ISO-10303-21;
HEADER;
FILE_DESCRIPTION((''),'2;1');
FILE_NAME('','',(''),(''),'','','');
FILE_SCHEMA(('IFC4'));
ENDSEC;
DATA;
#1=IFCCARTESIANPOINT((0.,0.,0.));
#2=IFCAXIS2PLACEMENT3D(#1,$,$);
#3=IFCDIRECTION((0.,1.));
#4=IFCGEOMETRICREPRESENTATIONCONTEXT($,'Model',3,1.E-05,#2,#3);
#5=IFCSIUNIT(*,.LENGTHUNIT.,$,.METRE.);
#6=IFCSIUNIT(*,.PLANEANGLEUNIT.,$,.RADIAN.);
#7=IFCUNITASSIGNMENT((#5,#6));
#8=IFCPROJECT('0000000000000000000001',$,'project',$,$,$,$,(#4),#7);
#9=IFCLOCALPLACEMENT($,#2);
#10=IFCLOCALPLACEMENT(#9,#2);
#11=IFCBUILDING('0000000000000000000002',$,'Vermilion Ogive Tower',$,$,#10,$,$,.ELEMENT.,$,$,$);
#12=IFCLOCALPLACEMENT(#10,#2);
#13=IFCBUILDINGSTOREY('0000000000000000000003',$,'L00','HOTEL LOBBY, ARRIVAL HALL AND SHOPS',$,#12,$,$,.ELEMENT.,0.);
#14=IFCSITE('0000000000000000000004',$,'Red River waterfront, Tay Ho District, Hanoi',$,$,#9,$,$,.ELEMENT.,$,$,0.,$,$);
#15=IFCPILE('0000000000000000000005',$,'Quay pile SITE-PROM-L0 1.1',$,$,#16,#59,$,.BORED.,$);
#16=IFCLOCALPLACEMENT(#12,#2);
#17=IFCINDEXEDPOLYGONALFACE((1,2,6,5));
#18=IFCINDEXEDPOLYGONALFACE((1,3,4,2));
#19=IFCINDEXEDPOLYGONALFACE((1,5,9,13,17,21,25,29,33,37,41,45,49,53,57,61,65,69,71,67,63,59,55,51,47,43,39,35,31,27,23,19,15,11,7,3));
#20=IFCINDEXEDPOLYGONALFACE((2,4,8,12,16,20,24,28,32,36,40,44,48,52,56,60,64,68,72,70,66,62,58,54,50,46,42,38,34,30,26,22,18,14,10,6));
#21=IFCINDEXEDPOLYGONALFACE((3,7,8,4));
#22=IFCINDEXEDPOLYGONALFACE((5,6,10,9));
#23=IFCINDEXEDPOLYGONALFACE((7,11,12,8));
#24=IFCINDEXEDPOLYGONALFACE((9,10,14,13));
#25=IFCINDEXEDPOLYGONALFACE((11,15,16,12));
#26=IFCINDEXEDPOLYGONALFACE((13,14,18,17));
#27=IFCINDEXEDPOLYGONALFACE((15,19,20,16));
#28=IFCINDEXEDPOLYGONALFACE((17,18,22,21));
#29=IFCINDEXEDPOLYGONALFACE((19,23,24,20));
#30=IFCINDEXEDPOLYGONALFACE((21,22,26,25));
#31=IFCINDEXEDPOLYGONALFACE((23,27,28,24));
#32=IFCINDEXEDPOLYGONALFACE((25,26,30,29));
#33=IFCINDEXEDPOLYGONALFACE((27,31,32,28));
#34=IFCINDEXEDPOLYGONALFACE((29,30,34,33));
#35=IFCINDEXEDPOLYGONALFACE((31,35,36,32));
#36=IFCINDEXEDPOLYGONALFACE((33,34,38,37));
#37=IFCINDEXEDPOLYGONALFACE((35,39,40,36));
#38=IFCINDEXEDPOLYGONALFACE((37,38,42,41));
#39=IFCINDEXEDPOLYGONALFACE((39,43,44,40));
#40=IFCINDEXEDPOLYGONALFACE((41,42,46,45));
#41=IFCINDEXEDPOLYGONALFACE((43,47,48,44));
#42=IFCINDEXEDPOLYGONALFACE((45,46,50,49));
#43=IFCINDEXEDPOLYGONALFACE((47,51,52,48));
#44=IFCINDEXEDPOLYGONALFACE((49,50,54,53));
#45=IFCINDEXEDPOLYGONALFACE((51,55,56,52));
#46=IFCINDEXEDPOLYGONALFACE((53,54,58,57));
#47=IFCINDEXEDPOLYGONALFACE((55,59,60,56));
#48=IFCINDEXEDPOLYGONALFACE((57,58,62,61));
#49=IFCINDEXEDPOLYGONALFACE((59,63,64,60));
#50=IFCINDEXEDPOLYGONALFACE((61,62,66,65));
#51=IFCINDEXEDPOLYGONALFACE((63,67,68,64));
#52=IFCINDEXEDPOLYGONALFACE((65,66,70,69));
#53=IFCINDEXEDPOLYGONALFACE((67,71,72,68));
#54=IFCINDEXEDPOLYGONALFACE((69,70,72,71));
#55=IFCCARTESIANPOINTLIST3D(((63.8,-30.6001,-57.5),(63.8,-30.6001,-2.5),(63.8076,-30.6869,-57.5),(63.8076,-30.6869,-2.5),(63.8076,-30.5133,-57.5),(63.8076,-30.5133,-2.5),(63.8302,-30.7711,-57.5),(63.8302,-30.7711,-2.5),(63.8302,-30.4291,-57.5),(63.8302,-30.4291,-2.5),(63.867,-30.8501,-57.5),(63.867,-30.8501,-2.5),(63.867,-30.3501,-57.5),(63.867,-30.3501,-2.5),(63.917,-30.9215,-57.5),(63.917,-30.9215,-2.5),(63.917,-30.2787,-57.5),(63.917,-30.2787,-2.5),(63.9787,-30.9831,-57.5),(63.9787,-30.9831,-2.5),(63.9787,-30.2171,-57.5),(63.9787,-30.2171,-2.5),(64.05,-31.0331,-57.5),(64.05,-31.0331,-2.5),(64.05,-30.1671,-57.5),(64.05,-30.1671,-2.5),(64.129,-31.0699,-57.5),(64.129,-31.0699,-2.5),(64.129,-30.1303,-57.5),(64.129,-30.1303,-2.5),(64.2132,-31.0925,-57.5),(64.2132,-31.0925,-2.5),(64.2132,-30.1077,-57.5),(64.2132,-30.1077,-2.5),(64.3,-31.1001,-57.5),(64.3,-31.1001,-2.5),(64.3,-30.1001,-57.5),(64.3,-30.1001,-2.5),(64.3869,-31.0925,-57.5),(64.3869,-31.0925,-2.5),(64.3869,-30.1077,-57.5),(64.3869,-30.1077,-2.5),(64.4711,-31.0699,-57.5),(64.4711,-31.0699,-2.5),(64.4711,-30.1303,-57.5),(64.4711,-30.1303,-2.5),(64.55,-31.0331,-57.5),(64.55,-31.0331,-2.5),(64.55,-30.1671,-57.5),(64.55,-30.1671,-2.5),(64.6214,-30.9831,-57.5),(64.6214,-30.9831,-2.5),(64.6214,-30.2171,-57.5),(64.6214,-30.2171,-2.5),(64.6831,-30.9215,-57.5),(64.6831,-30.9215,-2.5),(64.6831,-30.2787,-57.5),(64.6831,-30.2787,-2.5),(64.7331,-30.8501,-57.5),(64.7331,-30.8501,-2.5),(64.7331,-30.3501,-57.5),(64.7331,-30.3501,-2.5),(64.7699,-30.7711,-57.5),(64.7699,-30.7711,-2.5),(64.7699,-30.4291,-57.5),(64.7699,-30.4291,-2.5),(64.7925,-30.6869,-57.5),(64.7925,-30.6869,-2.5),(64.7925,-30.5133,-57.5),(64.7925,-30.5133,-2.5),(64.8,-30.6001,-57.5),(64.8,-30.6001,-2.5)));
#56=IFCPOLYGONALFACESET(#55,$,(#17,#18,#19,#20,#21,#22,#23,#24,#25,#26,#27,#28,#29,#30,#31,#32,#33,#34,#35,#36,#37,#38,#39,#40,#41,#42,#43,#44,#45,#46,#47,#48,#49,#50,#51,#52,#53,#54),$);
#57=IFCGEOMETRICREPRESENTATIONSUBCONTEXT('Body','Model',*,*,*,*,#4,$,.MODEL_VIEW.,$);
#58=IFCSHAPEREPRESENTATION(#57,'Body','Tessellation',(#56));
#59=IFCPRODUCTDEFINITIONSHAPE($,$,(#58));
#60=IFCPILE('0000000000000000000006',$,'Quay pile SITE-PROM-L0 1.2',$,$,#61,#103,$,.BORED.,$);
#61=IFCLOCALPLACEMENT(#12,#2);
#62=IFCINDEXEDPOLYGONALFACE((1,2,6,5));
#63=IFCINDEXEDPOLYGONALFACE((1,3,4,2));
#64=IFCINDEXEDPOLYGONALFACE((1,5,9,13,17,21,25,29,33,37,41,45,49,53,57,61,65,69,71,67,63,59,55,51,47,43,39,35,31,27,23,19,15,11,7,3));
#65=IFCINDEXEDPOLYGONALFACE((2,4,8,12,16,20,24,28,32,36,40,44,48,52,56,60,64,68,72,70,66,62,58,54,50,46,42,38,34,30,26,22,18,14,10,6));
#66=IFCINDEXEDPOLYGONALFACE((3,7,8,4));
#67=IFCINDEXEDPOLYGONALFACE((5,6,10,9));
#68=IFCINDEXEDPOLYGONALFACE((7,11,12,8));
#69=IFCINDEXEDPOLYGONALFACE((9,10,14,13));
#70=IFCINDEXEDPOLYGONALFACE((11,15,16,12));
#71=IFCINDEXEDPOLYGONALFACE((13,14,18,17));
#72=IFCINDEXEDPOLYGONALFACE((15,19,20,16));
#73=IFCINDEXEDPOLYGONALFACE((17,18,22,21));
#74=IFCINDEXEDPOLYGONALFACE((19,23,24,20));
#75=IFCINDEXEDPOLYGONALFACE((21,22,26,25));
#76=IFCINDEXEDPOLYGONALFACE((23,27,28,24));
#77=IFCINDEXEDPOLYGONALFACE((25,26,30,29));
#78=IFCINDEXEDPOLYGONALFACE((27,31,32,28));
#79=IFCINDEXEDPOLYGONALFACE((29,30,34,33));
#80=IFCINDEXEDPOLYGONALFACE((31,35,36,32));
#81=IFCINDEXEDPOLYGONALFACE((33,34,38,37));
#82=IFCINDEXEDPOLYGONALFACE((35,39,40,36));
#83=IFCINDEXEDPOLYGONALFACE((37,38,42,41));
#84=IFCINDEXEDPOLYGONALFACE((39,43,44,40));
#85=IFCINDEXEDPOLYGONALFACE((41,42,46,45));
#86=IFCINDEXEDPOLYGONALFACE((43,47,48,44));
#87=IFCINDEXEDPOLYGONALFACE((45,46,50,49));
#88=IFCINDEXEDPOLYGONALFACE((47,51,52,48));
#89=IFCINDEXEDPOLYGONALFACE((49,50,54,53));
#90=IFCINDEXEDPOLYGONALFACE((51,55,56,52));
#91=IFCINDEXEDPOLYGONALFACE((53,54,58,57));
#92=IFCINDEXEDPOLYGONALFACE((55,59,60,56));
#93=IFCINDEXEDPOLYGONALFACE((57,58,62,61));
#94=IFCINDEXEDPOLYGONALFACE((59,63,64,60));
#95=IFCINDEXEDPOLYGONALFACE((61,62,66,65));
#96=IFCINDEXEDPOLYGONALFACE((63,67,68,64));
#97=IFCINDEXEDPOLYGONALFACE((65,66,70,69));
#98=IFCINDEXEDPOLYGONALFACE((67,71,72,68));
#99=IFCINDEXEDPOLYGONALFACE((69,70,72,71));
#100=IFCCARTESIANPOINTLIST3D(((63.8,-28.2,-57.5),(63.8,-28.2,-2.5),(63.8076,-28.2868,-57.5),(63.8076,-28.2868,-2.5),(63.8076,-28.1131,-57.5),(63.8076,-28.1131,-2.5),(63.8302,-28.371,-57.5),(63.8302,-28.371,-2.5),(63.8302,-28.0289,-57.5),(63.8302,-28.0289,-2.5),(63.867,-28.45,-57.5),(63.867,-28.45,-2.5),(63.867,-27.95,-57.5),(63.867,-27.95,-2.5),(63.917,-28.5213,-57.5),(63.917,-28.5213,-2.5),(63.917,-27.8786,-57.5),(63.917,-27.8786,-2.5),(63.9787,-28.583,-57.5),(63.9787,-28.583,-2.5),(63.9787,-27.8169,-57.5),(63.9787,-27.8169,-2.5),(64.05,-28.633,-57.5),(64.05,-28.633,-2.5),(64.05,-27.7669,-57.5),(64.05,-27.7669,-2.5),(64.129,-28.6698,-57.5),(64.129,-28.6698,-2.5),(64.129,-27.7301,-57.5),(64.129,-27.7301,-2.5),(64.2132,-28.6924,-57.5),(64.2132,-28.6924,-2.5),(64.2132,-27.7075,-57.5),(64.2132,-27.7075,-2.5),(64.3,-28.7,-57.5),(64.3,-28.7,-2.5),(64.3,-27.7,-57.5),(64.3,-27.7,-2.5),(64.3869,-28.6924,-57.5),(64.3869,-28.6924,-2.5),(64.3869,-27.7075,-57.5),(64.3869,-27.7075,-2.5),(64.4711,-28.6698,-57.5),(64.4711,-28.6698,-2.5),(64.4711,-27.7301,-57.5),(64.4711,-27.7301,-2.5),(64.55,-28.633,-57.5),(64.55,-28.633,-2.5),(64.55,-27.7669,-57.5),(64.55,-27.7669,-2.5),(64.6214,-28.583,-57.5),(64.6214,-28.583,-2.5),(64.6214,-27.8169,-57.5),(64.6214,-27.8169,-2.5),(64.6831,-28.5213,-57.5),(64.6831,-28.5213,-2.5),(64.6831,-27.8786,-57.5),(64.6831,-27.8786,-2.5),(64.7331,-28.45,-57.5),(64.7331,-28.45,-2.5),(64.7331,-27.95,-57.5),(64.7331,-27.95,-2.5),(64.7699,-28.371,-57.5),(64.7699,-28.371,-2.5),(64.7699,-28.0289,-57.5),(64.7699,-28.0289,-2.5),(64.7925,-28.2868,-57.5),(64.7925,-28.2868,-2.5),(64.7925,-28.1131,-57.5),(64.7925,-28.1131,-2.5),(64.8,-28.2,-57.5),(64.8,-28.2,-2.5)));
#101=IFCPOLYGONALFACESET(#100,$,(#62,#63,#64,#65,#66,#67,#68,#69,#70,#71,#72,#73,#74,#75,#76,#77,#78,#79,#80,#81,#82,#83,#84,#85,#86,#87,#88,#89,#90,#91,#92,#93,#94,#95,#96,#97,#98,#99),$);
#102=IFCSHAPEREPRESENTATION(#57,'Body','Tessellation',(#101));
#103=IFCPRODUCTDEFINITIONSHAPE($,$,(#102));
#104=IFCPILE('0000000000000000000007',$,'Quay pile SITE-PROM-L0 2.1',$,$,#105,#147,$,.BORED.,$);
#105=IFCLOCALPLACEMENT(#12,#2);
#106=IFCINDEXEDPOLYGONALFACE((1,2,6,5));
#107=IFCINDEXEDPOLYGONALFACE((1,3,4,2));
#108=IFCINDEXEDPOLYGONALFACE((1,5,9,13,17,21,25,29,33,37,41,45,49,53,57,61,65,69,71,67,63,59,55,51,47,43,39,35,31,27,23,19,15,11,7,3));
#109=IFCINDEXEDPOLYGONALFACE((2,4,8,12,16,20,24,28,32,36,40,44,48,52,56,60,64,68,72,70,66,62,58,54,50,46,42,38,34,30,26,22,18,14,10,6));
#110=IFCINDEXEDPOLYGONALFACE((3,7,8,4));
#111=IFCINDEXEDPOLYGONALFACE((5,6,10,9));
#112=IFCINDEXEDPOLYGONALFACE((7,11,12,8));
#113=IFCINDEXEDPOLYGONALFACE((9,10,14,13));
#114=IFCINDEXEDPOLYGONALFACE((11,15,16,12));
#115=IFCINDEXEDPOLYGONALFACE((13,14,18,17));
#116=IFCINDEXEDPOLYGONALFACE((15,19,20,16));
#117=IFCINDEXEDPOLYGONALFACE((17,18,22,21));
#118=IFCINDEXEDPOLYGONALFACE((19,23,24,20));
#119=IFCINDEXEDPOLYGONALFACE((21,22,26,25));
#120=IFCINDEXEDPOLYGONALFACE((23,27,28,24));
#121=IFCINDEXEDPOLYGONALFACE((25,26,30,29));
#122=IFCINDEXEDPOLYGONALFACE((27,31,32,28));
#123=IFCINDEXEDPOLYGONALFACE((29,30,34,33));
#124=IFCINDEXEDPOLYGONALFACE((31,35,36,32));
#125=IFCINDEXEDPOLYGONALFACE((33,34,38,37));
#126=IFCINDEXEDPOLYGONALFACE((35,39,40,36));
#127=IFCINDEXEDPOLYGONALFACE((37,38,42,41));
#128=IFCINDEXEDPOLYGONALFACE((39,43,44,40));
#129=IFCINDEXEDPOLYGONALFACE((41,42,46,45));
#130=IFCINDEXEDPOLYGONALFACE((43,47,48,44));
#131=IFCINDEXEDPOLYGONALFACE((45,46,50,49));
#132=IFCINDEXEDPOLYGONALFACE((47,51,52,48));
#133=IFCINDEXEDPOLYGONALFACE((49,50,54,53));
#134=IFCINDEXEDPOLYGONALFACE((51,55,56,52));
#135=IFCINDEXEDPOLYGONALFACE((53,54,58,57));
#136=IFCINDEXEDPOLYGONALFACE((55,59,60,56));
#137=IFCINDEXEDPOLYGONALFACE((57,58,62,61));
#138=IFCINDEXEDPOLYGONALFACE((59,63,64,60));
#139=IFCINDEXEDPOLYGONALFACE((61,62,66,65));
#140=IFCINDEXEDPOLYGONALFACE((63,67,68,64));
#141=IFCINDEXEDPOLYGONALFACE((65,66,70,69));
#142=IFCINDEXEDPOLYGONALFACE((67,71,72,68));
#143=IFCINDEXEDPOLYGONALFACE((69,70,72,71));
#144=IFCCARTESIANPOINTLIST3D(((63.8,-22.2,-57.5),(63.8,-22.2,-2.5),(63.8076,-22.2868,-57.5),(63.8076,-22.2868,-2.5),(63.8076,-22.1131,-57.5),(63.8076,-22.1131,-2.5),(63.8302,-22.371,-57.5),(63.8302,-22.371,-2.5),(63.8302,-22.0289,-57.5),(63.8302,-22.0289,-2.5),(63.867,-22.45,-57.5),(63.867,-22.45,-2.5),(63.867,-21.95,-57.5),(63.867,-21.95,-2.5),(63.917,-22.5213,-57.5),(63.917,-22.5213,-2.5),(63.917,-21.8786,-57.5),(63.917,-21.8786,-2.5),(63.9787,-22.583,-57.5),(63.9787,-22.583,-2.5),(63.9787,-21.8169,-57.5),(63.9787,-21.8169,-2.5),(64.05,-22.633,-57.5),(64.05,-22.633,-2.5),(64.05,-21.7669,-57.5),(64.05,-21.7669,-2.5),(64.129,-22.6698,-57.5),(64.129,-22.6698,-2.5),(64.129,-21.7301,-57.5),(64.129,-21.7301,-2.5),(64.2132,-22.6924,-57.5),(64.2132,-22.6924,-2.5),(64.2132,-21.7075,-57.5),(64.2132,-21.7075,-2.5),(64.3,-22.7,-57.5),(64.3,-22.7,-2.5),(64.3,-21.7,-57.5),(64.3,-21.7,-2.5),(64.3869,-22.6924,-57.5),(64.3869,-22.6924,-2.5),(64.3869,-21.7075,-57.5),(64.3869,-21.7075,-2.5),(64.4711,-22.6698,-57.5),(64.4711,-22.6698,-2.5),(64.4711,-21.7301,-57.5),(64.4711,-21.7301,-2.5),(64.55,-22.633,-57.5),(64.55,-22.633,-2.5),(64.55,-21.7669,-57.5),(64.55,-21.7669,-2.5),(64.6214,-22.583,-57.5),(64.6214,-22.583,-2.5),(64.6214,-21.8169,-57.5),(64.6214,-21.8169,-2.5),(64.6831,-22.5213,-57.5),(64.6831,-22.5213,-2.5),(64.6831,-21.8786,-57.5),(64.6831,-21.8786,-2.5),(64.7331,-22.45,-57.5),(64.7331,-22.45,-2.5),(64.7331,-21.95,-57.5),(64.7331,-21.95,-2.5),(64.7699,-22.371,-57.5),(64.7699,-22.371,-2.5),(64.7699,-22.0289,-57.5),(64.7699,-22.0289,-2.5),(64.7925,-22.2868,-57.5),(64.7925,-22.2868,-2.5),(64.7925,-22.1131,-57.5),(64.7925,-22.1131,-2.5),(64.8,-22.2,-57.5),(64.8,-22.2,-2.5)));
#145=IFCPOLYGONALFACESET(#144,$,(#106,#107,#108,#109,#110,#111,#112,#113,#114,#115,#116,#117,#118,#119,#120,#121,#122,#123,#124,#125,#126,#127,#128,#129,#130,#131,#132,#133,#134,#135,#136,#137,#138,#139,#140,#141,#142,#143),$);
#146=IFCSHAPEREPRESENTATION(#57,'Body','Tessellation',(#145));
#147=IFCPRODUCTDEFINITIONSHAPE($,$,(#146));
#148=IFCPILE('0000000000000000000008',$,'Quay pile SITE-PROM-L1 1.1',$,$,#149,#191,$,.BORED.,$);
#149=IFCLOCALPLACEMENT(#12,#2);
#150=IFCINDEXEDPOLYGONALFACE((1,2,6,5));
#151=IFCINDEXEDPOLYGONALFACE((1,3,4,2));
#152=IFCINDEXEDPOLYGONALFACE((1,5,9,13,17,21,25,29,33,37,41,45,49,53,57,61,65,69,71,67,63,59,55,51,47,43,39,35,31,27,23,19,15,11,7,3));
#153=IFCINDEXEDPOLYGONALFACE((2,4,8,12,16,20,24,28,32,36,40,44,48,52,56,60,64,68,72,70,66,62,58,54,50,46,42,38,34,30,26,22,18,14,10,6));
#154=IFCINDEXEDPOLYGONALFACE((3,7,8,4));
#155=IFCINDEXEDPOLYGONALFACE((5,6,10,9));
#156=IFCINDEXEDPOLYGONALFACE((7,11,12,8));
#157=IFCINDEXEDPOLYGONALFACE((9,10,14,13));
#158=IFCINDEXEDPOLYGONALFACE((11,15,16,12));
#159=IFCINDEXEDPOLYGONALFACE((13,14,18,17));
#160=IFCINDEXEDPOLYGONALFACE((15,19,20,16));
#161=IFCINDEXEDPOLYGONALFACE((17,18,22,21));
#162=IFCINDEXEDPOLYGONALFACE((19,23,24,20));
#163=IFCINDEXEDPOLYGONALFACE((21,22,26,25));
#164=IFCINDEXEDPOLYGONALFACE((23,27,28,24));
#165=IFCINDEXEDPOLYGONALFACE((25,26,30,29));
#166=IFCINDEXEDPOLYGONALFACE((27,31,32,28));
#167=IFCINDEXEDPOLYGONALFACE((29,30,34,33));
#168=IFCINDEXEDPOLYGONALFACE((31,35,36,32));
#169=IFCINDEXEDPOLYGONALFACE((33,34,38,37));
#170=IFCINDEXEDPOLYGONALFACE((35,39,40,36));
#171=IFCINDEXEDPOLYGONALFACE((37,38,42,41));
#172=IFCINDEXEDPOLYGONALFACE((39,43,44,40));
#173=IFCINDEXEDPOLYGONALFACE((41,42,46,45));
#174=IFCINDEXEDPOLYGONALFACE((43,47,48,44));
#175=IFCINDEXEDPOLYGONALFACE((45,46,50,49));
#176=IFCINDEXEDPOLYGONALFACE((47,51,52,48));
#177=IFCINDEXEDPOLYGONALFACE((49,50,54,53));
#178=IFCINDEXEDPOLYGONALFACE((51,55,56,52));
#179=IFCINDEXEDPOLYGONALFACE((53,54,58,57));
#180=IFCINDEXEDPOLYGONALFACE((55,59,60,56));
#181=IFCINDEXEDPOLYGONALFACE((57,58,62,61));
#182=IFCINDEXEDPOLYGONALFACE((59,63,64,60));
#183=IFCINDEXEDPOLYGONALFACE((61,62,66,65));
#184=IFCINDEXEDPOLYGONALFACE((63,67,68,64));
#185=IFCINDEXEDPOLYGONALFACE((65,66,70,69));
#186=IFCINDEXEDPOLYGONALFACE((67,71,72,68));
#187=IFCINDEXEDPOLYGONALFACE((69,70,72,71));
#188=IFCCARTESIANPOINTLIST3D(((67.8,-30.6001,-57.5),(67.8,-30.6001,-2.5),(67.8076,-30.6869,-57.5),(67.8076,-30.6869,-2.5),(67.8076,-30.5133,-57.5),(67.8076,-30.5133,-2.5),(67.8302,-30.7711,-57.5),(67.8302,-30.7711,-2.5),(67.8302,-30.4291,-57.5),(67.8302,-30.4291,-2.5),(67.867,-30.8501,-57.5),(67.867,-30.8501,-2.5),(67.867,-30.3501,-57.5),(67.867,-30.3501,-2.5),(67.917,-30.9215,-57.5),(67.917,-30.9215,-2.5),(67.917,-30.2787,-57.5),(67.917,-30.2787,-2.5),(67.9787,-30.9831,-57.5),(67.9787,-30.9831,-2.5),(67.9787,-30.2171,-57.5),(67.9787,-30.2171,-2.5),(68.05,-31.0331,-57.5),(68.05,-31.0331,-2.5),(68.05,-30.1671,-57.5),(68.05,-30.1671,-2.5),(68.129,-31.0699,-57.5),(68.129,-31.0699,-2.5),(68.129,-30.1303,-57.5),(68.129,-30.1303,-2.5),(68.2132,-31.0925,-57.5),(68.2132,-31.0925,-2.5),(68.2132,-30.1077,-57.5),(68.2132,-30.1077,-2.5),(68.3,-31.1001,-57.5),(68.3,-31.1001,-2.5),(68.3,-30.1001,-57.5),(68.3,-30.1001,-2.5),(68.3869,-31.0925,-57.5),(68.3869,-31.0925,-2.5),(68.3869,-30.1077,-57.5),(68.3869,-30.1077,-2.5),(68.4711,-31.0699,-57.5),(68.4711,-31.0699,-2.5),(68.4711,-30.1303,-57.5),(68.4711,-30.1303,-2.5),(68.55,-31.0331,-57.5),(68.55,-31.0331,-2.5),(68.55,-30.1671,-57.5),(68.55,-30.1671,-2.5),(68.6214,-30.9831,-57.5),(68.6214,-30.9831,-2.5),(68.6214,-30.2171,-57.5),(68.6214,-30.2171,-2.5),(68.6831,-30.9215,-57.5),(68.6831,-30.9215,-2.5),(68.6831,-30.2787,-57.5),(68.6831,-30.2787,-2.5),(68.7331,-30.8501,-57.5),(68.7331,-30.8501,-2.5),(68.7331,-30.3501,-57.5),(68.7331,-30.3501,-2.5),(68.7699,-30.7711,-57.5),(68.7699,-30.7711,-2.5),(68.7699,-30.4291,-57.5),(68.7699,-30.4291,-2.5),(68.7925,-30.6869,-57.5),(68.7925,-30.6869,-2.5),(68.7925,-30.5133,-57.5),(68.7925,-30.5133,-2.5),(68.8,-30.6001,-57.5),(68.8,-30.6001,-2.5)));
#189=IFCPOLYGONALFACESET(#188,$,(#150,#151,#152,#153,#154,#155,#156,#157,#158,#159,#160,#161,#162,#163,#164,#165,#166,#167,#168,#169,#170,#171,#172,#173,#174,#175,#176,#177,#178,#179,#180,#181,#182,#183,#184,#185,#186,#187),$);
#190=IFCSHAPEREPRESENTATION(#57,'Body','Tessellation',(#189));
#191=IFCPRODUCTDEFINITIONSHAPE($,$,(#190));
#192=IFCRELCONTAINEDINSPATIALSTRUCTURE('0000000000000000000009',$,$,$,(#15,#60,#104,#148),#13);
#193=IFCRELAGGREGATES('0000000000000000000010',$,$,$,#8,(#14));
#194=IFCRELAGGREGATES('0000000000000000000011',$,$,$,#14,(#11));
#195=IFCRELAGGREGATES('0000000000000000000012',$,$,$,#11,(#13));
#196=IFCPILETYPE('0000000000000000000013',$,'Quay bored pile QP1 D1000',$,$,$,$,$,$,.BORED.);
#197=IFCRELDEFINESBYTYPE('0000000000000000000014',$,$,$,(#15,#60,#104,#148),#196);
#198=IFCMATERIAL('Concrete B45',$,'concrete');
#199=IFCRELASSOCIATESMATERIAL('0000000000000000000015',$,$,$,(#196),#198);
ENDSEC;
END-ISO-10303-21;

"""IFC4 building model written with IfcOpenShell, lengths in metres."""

from ifc_helpers import new_model, si_unit, direction, frame, origin, origin_2d, place, context, subcontext, project, spatial, circle, extrude, material, type_object, element, save


model = new_model("IFC4")

# Units and contexts
model_context = context("Model", 3, precision=1e-05, world=origin(), true_north=direction((0.0, 1.0)))
body_context = subcontext(model_context, "Body", "Model", "MODEL_VIEW")
ifc_project = project(units=[si_unit("LENGTHUNIT", "METRE"), si_unit("PLANEANGLEUNIT", "RADIAN")], contexts=[model_context])

# Site, building, storey
site_placement = place(None, origin())
site = spatial("IfcSite", under=ifc_project, at=site_placement, Name="Red River waterfront, Tay Ho District, Hanoi", CompositionType="ELEMENT", RefElevation=0.0)
building_placement = place(site_placement, origin())
building = spatial("IfcBuilding", under=site, at=building_placement, Name="Vermilion Ogive Tower", CompositionType="ELEMENT")
storey_placement = place(building_placement, origin())
storey = spatial("IfcBuildingStorey", under=building, at=storey_placement, Name="L00", Description="HOTEL LOBBY, ARRIVAL HALL AND SHOPS", CompositionType="ELEMENT", Elevation=0.0)

# Piles
ifc_material_1 = material(Name="Concrete B45", Category="concrete")
pile_type = type_object("IfcPileType", Name="Quay bored pile QP1 D1000", PredefinedType="BORED", material=ifc_material_1)
for number, where, z_axis, x_axis, name in (
    (1, (64.3, -30.6001, -2.5), (0.0, 0.0, -1.0), (1.0, 0.0, 0.0), "Quay pile SITE-PROM-L0 1.1"),
    (2, (64.3, -28.2, -2.5), (0.0, 0.0, -1.0), (1.0, 0.0, 0.0), "Quay pile SITE-PROM-L0 1.2"),
    (3, (64.3, -22.2, -2.5), (0.0, 0.0, -1.0), (1.0, 0.0, 0.0), "Quay pile SITE-PROM-L0 2.1"),
    (4, (68.3, -30.6001, -2.5), (0.0, 0.0, -1.0), (1.0, 0.0, 0.0), "Quay pile SITE-PROM-L1 1.1"),
):
    element("IfcPile", number, at=place(storey_placement, frame(where, z_axis=z_axis, x_axis=x_axis)), inside=storey, type_object=pile_type, Name=name, PredefinedType="BORED", context=body_context, shape_type="SweptSolid", body=[
        extrude(circle(Radius=0.5, at=origin_2d()), origin(), (0.0, 0.0, 1.0), 55.0),
    ])

save(model, "model.ifc")
